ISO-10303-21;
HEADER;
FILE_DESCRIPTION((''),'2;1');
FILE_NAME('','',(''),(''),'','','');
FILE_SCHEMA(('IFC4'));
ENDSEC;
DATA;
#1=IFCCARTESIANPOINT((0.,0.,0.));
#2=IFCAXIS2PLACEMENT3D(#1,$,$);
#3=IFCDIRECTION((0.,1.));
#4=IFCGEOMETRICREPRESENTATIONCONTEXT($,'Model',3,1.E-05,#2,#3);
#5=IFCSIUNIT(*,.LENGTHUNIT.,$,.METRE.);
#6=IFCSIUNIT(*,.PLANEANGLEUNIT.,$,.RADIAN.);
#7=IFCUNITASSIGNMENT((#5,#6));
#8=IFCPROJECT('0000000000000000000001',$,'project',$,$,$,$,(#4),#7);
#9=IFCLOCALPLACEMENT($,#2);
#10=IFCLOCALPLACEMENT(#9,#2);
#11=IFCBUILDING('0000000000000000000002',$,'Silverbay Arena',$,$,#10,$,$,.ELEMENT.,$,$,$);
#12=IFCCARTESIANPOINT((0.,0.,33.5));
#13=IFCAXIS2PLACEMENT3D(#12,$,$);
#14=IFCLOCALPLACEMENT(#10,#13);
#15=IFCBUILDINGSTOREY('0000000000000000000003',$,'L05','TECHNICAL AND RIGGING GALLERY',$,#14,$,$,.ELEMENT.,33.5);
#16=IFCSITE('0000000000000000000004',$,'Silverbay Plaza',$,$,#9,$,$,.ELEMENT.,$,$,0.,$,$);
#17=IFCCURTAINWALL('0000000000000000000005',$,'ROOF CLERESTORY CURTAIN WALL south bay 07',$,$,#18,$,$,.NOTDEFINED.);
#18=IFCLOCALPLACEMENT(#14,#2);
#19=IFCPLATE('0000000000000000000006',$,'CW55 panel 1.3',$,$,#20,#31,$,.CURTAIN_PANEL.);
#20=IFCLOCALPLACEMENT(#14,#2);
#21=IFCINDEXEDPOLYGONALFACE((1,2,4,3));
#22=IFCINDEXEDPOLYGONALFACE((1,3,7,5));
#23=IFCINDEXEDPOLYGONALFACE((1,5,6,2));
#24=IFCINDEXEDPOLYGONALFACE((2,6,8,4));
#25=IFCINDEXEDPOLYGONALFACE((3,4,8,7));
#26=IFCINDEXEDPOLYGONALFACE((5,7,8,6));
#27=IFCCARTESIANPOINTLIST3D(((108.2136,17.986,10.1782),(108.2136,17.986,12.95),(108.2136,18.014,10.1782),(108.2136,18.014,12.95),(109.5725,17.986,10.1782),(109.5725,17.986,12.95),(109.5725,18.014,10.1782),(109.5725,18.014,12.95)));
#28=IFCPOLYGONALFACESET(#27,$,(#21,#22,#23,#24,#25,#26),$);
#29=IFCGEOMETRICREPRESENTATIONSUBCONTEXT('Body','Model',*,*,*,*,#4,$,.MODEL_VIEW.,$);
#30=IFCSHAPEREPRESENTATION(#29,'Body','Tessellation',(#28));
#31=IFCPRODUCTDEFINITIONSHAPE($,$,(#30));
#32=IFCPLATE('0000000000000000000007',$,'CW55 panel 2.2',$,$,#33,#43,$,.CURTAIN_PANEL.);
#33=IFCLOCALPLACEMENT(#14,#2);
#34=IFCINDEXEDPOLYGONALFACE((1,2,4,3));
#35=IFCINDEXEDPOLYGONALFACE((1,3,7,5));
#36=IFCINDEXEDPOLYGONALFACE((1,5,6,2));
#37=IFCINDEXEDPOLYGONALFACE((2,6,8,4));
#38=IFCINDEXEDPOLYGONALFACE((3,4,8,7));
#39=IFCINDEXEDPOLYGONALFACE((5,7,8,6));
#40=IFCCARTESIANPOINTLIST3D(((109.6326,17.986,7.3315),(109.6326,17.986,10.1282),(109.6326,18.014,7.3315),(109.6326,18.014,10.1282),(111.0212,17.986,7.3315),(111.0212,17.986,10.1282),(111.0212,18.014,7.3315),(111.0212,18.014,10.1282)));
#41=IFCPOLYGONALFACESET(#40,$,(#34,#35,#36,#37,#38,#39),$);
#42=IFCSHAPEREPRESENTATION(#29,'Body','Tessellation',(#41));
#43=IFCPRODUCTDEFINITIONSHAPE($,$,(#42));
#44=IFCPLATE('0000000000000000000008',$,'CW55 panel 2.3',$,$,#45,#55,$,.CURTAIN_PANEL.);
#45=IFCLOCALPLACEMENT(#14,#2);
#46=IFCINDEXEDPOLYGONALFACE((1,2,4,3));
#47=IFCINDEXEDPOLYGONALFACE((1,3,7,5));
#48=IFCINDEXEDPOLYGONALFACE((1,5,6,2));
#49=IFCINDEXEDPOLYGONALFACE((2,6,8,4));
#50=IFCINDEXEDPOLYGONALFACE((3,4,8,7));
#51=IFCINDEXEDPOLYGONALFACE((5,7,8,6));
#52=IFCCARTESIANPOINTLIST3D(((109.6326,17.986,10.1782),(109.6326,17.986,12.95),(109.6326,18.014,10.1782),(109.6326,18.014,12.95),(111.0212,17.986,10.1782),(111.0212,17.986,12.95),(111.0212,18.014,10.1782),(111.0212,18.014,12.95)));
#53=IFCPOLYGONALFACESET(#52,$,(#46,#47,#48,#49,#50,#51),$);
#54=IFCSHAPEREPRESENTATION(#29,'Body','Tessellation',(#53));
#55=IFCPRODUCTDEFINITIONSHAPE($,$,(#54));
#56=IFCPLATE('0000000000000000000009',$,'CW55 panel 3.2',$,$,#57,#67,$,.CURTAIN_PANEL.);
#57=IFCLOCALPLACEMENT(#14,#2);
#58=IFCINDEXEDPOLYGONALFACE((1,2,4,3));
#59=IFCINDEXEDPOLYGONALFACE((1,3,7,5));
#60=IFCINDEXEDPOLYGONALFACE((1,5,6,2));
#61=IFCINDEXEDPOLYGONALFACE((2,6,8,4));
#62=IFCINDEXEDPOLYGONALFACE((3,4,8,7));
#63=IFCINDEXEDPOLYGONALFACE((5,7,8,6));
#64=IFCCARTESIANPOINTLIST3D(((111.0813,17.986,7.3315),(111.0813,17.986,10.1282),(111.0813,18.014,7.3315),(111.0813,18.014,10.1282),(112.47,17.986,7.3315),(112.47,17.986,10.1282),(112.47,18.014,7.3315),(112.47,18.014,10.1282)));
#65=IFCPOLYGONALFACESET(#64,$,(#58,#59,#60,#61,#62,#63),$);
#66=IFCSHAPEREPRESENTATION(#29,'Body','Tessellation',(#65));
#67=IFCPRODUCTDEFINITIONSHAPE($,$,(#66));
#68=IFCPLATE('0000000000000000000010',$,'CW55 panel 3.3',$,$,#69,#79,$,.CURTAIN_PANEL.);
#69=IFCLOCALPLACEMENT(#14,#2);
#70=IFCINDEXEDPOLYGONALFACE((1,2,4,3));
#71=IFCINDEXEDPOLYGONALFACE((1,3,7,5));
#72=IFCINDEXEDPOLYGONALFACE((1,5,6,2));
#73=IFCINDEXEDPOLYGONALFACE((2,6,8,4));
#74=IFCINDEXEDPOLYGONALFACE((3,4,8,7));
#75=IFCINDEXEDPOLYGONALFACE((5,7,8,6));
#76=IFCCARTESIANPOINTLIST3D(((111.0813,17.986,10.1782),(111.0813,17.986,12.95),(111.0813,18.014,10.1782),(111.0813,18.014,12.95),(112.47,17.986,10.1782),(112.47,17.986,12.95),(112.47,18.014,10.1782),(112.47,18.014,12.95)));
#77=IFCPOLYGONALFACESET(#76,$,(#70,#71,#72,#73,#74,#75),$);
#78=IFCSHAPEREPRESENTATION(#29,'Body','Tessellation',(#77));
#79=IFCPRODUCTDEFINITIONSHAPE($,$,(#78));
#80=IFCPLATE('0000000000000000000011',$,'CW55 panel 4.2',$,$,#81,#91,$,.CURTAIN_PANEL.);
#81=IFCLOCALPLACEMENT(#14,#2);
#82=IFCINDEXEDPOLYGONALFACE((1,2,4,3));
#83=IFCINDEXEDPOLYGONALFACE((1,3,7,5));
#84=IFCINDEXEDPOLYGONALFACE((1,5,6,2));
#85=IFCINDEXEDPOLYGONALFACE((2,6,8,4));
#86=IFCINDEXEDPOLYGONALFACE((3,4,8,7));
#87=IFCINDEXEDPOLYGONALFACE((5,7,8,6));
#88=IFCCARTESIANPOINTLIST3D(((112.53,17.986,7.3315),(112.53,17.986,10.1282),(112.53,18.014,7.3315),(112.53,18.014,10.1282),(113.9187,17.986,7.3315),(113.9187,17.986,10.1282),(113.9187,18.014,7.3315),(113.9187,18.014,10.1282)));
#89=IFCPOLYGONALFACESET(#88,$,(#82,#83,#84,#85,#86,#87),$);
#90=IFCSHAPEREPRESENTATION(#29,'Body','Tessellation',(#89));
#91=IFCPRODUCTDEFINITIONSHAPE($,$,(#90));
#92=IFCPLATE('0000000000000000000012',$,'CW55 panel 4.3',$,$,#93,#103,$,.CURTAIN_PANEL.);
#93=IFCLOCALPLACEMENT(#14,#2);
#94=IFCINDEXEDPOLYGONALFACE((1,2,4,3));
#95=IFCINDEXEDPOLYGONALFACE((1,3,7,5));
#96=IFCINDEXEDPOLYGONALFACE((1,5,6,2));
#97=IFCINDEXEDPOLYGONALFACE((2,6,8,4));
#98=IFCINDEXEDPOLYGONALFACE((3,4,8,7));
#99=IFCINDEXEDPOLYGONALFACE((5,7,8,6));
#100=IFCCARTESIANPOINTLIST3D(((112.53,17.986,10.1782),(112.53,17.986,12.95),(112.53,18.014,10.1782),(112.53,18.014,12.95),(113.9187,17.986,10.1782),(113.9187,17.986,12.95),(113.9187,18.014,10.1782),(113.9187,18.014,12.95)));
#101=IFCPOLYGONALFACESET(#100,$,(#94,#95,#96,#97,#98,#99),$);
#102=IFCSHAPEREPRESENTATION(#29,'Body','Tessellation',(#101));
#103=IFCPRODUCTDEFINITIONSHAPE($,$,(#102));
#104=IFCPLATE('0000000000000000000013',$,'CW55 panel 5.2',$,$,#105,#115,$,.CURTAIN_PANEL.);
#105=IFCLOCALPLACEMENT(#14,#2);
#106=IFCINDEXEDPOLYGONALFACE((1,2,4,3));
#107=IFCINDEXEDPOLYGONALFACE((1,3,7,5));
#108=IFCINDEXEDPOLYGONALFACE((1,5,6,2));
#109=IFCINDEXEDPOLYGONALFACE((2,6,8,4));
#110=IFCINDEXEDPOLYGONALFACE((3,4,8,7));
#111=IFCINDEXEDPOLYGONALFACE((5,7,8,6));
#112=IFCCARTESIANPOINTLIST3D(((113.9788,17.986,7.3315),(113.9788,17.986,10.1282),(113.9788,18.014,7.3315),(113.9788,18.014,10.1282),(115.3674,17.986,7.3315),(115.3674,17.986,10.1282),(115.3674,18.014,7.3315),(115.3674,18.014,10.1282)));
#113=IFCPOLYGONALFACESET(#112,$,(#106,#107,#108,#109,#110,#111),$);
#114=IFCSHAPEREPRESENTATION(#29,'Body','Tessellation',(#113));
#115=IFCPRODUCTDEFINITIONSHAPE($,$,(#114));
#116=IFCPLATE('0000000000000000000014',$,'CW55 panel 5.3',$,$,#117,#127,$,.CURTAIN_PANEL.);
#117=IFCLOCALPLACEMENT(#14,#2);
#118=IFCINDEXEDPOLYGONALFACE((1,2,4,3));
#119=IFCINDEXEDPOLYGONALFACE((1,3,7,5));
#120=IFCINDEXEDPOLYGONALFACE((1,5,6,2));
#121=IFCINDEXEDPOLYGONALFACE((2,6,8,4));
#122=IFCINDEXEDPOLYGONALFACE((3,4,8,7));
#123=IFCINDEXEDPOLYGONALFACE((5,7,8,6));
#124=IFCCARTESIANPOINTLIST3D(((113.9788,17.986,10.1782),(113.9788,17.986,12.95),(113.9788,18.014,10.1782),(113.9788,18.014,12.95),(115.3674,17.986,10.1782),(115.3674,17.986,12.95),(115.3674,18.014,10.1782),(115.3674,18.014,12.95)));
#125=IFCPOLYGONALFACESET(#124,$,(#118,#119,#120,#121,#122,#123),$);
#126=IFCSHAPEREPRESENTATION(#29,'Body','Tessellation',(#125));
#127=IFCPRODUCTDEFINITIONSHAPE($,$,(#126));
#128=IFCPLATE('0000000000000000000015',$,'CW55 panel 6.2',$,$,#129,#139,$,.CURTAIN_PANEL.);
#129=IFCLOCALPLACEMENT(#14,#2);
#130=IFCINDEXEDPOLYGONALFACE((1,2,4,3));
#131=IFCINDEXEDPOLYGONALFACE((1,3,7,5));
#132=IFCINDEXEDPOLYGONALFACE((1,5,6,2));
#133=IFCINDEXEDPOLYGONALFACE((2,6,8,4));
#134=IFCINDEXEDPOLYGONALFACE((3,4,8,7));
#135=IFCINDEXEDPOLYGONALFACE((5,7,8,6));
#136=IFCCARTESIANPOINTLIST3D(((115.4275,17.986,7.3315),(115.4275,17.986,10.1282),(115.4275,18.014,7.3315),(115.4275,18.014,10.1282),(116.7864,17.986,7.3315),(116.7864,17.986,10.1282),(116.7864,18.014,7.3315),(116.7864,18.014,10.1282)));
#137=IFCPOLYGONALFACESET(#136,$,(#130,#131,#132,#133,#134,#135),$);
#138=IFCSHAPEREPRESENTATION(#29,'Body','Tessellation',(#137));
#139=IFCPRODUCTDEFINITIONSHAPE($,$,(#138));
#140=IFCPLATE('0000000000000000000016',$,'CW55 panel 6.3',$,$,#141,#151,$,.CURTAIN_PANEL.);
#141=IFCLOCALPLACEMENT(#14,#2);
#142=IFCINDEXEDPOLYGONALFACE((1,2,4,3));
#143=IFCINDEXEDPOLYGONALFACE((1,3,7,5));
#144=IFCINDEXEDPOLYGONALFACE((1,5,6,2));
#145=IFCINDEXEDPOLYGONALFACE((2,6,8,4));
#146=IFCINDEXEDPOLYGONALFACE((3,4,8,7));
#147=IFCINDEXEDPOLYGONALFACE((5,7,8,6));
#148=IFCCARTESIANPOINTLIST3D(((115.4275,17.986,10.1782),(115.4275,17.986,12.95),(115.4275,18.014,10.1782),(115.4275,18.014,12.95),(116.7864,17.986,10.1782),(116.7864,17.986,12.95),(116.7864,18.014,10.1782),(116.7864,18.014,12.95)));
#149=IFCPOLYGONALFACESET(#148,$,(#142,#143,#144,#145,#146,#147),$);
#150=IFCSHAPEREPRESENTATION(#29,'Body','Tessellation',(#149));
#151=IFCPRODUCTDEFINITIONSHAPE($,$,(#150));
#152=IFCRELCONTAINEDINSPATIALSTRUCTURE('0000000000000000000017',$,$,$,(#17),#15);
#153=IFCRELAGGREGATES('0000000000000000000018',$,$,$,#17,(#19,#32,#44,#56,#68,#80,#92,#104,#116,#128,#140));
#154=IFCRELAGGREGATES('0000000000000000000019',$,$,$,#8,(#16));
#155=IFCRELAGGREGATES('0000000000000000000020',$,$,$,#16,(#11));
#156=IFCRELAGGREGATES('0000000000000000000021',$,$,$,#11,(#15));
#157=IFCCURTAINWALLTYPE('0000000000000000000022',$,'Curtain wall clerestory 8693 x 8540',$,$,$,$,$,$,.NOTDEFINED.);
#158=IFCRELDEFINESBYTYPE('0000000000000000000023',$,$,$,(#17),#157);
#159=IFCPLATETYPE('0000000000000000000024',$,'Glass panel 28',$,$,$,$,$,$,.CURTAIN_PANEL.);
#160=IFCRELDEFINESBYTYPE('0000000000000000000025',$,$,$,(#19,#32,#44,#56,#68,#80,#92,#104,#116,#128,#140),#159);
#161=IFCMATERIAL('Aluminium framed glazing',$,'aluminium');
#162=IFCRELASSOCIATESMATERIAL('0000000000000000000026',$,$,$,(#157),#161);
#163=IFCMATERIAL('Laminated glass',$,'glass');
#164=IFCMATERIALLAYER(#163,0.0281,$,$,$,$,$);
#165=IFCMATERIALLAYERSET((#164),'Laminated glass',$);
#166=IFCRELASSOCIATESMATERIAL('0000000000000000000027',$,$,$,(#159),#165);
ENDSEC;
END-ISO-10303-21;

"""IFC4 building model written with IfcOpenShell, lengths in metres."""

from ifc_helpers import new_model, si_unit, direction, frame, origin, origin_2d, place, context, subcontext, project, spatial, rectangle, extrude, material, layer, layer_set, type_object, element, aggregate, save


model = new_model("IFC4")

# Units and contexts
model_context = context("Model", 3, precision=1e-05, world=origin(), true_north=direction((0.0, 1.0)))
body_context = subcontext(model_context, "Body", "Model", "MODEL_VIEW")
ifc_project = project(units=[si_unit("LENGTHUNIT", "METRE"), si_unit("PLANEANGLEUNIT", "RADIAN")], contexts=[model_context])

# Site, building, storey
site_placement = place(None, origin())
site = spatial("IfcSite", under=ifc_project, at=site_placement, Name="Silverbay Plaza", CompositionType="ELEMENT", RefElevation=0.0)
building_placement = place(site_placement, origin())
building = spatial("IfcBuilding", under=site, at=building_placement, Name="Silverbay Arena", CompositionType="ELEMENT")
storey_placement = place(building_placement, frame((0.0, 0.0, 33.5)))
storey = spatial("IfcBuildingStorey", under=building, at=storey_placement, Name="L05", Description="TECHNICAL AND RIGGING GALLERY", CompositionType="ELEMENT", Elevation=33.5)

# Curtain wall, plates
ifc_material_1 = material(Name="Aluminium framed glazing", Category="aluminium")
curtain_wall_type = type_object("IfcCurtainWallType", Name="Curtain wall clerestory 8693 x 8540", PredefinedType="NOTDEFINED", material=ifc_material_1)
curtain_wall_placement = place(storey_placement, origin())
curtain_wall = element("IfcCurtainWall", 1, at=curtain_wall_placement, inside=storey, type_object=curtain_wall_type, Name="ROOF CLERESTORY CURTAIN WALL south bay 07", PredefinedType="NOTDEFINED")
ifc_material_2 = material(Name="Laminated glass", Category="glass")
ifc_layer = layer(ifc_material_2, 0.0281)
ifc_layer_set = layer_set([ifc_layer], Name="Laminated glass")
plate_type = type_object("IfcPlateType", Name="Glass panel 28", PredefinedType="CURTAIN_PANEL", material=ifc_layer_set)
plate_1_placement = place(storey_placement, frame((108.8931, 18.0, 10.1782), z_axis=(0.0, 0.0, 1.0), x_axis=(1.0, 0.0, 0.0)))
plate_1 = element("IfcPlate", 2, at=plate_1_placement, type_object=plate_type, Name="CW55 panel 1.3", PredefinedType="CURTAIN_PANEL", context=body_context, shape_type="SweptSolid", body=[
    extrude(rectangle(XDim=1.3589, YDim=0.0281, at=origin_2d()), origin(), (0.0, 0.0, 1.0), 2.7717),
])
plate_2_placement = place(storey_placement, frame((110.3269, 18.0, 7.3315), z_axis=(0.0, 0.0, 1.0), x_axis=(1.0, 0.0, 0.0)))
plate_2 = element("IfcPlate", 3, at=plate_2_placement, type_object=plate_type, Name="CW55 panel 2.2", PredefinedType="CURTAIN_PANEL", context=body_context, shape_type="SweptSolid", body=[
    extrude(rectangle(XDim=1.3887, YDim=0.0281, at=origin_2d()), origin(), (0.0, 0.0, 1.0), 2.7966),
])
plate_3_placement = place(storey_placement, frame((110.3269, 18.0, 10.1782), z_axis=(0.0, 0.0, 1.0), x_axis=(1.0, 0.0, 0.0)))
plate_3 = element("IfcPlate", 4, at=plate_3_placement, type_object=plate_type, Name="CW55 panel 2.3", PredefinedType="CURTAIN_PANEL", context=body_context, shape_type="SweptSolid", body=[
    extrude(rectangle(XDim=1.3887, YDim=0.0281, at=origin_2d()), origin(), (0.0, 0.0, 1.0), 2.7717),
])
plate_4_placement = place(storey_placement, frame((111.7756, 18.0, 7.3315), z_axis=(0.0, 0.0, 1.0), x_axis=(1.0, 0.0, 0.0)))
plate_4 = element("IfcPlate", 5, at=plate_4_placement, type_object=plate_type, Name="CW55 panel 3.2", PredefinedType="CURTAIN_PANEL", context=body_context, shape_type="SweptSolid", body=[
    extrude(rectangle(XDim=1.3887, YDim=0.0281, at=origin_2d()), origin(), (0.0, 0.0, 1.0), 2.7966),
])
plate_5_placement = place(storey_placement, frame((111.7756, 18.0, 10.1782), z_axis=(0.0, 0.0, 1.0), x_axis=(1.0, 0.0, 0.0)))
plate_5 = element("IfcPlate", 6, at=plate_5_placement, type_object=plate_type, Name="CW55 panel 3.3", PredefinedType="CURTAIN_PANEL", context=body_context, shape_type="SweptSolid", body=[
    extrude(rectangle(XDim=1.3887, YDim=0.0281, at=origin_2d()), origin(), (0.0, 0.0, 1.0), 2.7717),
])
plate_6_placement = place(storey_placement, frame((113.2244, 18.0, 7.3315), z_axis=(0.0, 0.0, 1.0), x_axis=(1.0, 0.0, 0.0)))
plate_6 = element("IfcPlate", 7, at=plate_6_placement, type_object=plate_type, Name="CW55 panel 4.2", PredefinedType="CURTAIN_PANEL", context=body_context, shape_type="SweptSolid", body=[
    extrude(rectangle(XDim=1.3887, YDim=0.0281, at=origin_2d()), origin(), (0.0, 0.0, 1.0), 2.7966),
])
plate_7_placement = place(storey_placement, frame((113.2244, 18.0, 10.1782), z_axis=(0.0, 0.0, 1.0), x_axis=(1.0, 0.0, 0.0)))
plate_7 = element("IfcPlate", 8, at=plate_7_placement, type_object=plate_type, Name="CW55 panel 4.3", PredefinedType="CURTAIN_PANEL", context=body_context, shape_type="SweptSolid", body=[
    extrude(rectangle(XDim=1.3887, YDim=0.0281, at=origin_2d()), origin(), (0.0, 0.0, 1.0), 2.7717),
])
plate_8_placement = place(storey_placement, frame((114.6731, 18.0, 7.3315), z_axis=(0.0, 0.0, 1.0), x_axis=(1.0, 0.0, 0.0)))
plate_8 = element("IfcPlate", 9, at=plate_8_placement, type_object=plate_type, Name="CW55 panel 5.2", PredefinedType="CURTAIN_PANEL", context=body_context, shape_type="SweptSolid", body=[
    extrude(rectangle(XDim=1.3887, YDim=0.0281, at=origin_2d()), origin(), (0.0, 0.0, 1.0), 2.7966),
])
plate_9_placement = place(storey_placement, frame((114.6731, 18.0, 10.1782), z_axis=(0.0, 0.0, 1.0), x_axis=(1.0, 0.0, 0.0)))
plate_9 = element("IfcPlate", 10, at=plate_9_placement, type_object=plate_type, Name="CW55 panel 5.3", PredefinedType="CURTAIN_PANEL", context=body_context, shape_type="SweptSolid", body=[
    extrude(rectangle(XDim=1.3887, YDim=0.0281, at=origin_2d()), origin(), (0.0, 0.0, 1.0), 2.7717),
])
plate_10_placement = place(storey_placement, frame((116.1069, 18.0, 7.3315), z_axis=(0.0, 0.0, 1.0), x_axis=(1.0, 0.0, 0.0)))
plate_10 = element("IfcPlate", 11, at=plate_10_placement, type_object=plate_type, Name="CW55 panel 6.2", PredefinedType="CURTAIN_PANEL", context=body_context, shape_type="SweptSolid", body=[
    extrude(rectangle(XDim=1.3589, YDim=0.0281, at=origin_2d()), origin(), (0.0, 0.0, 1.0), 2.7966),
])
plate_11_placement = place(storey_placement, frame((116.1069, 18.0, 10.1782), z_axis=(0.0, 0.0, 1.0), x_axis=(1.0, 0.0, 0.0)))
plate_11 = element("IfcPlate", 12, at=plate_11_placement, type_object=plate_type, Name="CW55 panel 6.3", PredefinedType="CURTAIN_PANEL", context=body_context, shape_type="SweptSolid", body=[
    extrude(rectangle(XDim=1.3589, YDim=0.0281, at=origin_2d()), origin(), (0.0, 0.0, 1.0), 2.7717),
])
aggregate(curtain_wall, [plate_1, plate_2, plate_3, plate_4, plate_5, plate_6, plate_7, plate_8, plate_9, plate_10, plate_11])

save(model, "model.ifc")
